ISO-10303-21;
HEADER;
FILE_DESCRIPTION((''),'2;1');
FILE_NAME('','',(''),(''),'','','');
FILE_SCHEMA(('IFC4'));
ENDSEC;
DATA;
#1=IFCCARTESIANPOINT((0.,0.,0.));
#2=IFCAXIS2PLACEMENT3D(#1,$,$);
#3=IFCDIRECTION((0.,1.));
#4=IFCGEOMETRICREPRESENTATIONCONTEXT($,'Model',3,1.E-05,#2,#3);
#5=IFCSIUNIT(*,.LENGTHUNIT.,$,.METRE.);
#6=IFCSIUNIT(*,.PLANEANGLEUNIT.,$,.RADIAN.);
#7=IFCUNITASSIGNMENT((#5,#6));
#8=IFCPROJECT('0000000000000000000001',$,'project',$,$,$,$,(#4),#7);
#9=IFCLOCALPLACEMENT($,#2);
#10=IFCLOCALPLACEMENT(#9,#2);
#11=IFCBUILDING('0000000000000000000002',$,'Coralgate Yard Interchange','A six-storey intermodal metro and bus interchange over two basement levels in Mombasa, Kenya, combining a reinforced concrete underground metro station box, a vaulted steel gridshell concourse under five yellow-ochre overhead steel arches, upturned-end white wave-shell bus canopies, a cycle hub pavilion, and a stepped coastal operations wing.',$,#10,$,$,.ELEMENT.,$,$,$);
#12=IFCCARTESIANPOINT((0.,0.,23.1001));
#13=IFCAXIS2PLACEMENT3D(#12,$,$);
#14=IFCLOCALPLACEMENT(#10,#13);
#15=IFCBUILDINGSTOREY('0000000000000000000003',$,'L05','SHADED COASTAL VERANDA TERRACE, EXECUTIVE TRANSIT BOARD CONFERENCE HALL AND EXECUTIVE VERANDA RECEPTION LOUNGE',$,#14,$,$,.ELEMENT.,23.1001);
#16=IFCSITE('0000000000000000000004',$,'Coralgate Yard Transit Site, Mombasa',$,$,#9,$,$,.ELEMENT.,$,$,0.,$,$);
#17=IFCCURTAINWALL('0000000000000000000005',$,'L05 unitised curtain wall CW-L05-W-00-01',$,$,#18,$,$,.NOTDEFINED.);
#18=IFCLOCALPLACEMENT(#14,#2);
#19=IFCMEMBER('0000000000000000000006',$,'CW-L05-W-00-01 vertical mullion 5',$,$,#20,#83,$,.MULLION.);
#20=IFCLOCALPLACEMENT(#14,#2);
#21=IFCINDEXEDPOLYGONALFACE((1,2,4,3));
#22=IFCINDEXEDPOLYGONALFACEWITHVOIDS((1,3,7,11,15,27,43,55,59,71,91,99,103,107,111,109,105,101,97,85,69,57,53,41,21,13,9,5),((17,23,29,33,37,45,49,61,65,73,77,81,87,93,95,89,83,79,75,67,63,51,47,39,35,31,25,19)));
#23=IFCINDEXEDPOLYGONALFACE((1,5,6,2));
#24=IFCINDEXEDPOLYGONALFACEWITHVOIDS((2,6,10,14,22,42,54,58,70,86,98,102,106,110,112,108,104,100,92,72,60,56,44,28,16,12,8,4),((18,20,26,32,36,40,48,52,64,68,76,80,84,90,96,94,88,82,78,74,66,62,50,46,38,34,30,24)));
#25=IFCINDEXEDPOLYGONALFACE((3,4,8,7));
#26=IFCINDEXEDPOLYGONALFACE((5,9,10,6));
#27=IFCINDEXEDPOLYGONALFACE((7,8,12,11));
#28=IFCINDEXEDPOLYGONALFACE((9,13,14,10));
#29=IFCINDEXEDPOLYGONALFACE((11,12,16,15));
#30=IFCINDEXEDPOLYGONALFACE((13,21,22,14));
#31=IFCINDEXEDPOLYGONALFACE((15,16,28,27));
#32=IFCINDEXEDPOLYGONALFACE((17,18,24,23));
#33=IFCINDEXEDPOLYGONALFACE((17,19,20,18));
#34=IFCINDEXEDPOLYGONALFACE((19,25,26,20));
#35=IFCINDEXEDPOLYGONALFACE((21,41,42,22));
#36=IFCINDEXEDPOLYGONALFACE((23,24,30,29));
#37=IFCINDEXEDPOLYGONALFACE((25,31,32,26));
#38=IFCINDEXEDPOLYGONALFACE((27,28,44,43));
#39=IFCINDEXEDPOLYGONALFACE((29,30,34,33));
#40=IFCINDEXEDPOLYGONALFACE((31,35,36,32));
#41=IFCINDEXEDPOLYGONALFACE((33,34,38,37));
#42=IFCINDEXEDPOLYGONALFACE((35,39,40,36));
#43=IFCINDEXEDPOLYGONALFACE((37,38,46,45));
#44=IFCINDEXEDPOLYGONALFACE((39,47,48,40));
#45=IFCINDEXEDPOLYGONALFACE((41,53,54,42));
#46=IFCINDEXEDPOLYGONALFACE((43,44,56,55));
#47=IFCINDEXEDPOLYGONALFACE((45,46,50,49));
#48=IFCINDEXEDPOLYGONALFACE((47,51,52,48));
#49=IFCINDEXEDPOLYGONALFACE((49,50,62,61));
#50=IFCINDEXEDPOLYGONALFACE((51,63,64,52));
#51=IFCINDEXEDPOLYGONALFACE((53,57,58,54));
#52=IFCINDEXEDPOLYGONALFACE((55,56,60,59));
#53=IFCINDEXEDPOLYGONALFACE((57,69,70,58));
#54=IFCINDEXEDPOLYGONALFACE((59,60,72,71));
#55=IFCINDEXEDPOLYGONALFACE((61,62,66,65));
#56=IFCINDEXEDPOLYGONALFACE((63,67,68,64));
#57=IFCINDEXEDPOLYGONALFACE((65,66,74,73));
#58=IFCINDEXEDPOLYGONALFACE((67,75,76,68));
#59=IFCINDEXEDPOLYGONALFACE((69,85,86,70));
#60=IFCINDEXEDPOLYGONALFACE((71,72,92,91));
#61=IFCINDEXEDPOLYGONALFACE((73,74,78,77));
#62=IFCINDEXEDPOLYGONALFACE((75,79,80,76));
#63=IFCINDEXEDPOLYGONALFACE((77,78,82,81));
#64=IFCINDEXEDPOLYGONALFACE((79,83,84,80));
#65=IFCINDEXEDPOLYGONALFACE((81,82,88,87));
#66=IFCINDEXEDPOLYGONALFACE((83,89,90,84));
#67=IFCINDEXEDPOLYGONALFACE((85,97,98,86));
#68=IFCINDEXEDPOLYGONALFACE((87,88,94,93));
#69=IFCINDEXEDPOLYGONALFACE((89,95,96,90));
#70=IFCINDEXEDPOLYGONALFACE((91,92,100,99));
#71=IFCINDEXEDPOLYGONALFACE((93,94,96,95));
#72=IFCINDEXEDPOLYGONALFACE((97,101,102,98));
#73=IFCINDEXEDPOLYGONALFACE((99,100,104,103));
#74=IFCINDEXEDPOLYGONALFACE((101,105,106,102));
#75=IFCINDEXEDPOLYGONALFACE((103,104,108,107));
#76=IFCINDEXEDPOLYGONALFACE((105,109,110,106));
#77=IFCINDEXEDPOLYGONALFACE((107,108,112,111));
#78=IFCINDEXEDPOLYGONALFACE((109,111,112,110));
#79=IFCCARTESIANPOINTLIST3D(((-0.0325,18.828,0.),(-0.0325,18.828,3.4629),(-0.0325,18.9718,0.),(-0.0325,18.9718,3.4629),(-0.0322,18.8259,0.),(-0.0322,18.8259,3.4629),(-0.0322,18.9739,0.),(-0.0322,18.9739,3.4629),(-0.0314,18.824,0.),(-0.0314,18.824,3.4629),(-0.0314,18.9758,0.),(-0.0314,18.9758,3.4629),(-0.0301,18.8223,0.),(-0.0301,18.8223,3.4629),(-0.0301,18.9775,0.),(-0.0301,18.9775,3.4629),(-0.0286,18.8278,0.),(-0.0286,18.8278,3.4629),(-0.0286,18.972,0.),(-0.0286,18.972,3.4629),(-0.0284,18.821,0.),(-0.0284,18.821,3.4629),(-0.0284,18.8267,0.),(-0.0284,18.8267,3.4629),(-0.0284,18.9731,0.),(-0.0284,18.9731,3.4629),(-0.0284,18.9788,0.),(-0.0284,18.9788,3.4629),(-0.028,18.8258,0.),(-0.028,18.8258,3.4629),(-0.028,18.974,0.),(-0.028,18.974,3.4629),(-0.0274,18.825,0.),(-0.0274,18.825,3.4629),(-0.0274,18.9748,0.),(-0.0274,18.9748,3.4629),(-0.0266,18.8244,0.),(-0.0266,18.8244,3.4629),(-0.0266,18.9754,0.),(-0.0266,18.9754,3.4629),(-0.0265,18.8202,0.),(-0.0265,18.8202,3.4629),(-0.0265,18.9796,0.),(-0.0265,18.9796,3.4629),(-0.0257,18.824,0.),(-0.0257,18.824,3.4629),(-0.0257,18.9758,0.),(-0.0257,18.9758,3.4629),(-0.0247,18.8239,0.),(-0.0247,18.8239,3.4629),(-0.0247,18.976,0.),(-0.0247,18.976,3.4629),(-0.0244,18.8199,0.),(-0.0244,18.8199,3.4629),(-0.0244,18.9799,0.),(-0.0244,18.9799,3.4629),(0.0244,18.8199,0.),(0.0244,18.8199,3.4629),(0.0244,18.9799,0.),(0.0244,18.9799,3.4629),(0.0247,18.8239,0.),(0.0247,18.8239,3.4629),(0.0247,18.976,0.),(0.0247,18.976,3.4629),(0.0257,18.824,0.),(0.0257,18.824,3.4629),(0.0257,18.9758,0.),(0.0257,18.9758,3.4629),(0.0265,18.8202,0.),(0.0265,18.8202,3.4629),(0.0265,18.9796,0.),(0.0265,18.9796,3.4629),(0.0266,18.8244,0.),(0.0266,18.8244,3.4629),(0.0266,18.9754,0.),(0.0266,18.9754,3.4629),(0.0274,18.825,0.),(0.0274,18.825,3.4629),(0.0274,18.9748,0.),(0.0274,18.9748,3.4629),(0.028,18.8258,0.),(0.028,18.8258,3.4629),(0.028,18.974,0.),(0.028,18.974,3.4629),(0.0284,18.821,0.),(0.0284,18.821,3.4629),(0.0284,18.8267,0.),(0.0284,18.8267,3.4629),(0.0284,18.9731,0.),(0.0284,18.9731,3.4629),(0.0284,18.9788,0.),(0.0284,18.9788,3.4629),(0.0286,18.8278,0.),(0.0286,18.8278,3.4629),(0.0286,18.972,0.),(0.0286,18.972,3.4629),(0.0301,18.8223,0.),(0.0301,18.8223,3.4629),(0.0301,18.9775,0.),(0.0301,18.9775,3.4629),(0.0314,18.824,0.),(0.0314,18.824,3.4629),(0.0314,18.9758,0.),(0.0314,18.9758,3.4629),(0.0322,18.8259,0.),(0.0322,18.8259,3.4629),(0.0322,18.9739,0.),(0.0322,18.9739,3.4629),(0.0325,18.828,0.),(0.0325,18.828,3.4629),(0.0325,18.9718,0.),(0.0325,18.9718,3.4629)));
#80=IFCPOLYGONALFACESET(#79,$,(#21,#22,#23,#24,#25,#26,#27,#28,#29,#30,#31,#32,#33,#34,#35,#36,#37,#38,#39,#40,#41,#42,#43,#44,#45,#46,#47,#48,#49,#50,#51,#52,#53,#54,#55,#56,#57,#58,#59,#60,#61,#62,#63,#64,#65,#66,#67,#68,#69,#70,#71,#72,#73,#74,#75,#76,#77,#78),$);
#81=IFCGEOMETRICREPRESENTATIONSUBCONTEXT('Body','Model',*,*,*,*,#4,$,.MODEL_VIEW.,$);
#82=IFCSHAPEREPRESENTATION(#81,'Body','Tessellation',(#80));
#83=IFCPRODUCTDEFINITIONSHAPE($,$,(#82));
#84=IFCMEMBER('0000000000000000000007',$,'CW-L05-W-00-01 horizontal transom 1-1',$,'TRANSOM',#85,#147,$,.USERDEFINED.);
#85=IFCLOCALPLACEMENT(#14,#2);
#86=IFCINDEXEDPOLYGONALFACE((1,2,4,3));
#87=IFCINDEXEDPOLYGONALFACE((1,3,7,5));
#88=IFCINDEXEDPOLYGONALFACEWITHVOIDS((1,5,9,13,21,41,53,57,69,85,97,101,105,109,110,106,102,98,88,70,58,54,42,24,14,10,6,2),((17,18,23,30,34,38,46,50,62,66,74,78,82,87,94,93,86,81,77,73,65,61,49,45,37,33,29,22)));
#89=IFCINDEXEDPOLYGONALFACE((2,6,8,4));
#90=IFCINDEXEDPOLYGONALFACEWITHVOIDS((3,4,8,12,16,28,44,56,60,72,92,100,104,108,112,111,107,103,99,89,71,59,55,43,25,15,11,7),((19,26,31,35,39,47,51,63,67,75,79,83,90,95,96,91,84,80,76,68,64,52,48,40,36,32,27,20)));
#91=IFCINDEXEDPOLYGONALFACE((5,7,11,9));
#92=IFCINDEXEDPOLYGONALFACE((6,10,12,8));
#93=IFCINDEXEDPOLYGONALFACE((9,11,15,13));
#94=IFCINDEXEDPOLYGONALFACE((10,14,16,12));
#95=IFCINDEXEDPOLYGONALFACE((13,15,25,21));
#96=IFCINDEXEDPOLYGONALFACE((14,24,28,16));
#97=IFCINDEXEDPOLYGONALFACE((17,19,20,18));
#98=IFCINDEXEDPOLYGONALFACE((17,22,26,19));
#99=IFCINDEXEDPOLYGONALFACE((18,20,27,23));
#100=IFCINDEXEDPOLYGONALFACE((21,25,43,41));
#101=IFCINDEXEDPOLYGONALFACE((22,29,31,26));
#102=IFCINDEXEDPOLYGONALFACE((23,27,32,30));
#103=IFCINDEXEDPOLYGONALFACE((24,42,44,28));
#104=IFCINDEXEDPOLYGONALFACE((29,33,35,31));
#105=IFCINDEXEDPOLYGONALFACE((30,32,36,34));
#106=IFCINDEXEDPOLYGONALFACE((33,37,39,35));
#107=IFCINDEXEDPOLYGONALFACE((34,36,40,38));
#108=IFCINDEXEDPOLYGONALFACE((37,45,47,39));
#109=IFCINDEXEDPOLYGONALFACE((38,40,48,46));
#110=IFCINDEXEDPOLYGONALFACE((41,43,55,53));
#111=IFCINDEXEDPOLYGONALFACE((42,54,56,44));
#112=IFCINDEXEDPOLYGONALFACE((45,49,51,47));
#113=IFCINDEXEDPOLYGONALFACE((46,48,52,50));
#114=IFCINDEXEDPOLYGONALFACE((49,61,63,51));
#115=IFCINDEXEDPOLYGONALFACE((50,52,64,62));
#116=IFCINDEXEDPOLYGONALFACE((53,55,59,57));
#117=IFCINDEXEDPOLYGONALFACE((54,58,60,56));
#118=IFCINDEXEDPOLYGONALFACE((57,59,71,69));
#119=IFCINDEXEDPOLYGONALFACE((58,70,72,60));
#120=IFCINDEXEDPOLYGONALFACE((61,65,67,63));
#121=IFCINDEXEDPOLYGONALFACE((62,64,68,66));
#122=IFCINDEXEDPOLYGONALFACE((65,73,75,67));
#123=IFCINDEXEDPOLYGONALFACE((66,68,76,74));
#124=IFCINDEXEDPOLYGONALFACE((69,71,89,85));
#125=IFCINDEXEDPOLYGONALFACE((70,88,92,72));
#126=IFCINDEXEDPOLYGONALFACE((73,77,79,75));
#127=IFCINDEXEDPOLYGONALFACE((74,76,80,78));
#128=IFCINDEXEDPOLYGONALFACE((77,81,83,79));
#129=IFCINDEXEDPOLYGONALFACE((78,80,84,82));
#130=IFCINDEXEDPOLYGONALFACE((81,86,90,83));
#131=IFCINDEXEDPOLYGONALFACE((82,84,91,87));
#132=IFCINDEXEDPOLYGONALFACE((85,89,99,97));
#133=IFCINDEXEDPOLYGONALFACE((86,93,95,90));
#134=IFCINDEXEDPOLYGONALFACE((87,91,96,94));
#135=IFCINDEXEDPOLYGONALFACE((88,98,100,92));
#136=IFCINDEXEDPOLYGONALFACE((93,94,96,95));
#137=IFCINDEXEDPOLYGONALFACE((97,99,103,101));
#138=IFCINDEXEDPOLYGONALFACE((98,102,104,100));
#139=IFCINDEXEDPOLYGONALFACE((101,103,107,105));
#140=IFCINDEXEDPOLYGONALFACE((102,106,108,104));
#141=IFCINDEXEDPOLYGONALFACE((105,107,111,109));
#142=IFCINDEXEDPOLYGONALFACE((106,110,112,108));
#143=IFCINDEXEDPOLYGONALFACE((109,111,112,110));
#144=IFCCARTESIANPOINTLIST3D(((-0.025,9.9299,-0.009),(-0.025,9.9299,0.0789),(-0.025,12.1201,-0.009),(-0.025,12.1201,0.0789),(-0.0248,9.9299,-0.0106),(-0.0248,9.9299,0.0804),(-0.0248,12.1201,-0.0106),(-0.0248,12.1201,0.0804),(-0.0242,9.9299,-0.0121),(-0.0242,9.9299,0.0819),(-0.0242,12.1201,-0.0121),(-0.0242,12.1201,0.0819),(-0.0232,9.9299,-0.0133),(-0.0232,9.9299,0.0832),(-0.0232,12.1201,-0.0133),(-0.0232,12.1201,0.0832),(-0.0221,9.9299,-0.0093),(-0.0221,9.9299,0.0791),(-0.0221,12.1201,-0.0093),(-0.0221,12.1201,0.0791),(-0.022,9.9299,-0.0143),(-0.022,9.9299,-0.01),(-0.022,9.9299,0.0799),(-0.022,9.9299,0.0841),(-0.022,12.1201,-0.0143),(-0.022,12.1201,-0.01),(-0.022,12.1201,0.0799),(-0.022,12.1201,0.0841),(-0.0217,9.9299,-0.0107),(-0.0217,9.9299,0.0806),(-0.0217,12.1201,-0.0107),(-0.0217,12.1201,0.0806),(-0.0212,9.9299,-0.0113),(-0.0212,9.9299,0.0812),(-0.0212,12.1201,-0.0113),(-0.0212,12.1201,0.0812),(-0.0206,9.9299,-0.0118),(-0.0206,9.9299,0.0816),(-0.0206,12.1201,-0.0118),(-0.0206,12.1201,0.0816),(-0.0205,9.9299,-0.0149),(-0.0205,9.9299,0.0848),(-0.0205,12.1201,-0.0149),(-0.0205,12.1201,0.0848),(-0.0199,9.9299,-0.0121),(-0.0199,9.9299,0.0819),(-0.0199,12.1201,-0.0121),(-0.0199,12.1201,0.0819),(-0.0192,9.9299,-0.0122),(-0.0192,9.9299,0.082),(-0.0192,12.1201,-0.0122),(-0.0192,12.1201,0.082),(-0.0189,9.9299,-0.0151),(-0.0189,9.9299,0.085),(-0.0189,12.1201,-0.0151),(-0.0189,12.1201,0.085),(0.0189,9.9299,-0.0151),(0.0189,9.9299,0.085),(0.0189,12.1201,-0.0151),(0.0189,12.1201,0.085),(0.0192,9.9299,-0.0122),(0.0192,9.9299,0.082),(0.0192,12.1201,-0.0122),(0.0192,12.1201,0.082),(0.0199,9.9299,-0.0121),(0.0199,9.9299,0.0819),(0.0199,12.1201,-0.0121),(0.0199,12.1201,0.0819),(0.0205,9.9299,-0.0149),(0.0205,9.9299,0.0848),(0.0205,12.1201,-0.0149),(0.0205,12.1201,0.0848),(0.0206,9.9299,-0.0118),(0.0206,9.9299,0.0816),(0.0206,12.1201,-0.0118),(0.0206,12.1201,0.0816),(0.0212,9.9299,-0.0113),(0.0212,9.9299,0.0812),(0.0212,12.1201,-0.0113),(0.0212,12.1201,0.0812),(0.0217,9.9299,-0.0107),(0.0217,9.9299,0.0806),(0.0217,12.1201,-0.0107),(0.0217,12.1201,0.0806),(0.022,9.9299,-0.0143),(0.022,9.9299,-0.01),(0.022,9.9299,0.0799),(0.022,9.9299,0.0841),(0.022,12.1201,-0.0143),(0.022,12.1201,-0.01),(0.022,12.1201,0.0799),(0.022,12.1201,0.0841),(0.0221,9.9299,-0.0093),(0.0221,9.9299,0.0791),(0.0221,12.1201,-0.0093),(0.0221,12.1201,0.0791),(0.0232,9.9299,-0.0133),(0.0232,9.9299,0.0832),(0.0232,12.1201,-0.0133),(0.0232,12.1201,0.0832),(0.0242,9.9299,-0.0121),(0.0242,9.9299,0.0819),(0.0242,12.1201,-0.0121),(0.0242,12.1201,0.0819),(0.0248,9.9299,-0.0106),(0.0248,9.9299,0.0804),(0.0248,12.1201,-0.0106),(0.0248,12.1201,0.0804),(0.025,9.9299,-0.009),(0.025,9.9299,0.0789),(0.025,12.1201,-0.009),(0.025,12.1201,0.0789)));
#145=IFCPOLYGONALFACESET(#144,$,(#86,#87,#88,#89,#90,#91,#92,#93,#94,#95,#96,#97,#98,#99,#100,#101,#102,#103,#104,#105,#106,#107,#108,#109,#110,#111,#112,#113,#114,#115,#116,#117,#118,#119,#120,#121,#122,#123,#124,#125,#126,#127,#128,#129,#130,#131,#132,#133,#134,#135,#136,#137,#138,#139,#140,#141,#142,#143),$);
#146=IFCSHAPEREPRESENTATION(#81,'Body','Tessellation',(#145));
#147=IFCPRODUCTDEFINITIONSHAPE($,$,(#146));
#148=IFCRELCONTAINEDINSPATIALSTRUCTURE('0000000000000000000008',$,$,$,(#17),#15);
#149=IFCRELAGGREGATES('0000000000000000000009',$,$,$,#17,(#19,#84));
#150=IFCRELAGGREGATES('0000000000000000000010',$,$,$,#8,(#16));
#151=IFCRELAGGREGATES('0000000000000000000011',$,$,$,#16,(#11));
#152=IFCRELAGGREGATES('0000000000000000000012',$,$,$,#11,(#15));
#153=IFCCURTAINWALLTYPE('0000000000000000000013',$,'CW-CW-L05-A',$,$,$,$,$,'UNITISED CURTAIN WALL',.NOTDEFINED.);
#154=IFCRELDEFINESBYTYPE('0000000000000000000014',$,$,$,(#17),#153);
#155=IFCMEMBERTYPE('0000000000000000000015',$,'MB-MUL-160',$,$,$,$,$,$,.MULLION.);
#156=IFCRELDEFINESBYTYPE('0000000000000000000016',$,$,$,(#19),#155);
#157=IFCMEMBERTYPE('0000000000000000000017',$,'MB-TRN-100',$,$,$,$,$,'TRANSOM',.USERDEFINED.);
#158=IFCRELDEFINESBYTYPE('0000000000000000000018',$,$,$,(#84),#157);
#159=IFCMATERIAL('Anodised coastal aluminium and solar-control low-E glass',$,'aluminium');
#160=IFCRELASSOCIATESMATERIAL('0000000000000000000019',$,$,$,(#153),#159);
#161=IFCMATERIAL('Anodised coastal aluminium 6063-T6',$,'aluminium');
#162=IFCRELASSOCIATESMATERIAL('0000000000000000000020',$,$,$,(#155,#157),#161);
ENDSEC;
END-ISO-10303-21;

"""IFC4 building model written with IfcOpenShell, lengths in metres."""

from ifc_helpers import new_model, si_unit, direction, frame, origin, origin_2d, place, context, subcontext, project, spatial, hollow_rectangle, extrude, material, material_profile, profile_set, type_object, element, aggregate, save


model = new_model("IFC4")

# Units and contexts
model_context = context("Model", 3, precision=1e-05, world=origin(), true_north=direction((0.0, 1.0)))
body_context = subcontext(model_context, "Body", "Model", "MODEL_VIEW")
ifc_project = project(units=[si_unit("LENGTHUNIT", "METRE"), si_unit("PLANEANGLEUNIT", "RADIAN")], contexts=[model_context])

# Site, building, storey
site_placement = place(None, origin())
site = spatial("IfcSite", under=ifc_project, at=site_placement, Name="Coralgate Yard Transit Site, Mombasa", CompositionType="ELEMENT", RefElevation=0.0)
building_placement = place(site_placement, origin())
building = spatial("IfcBuilding", under=site, at=building_placement, Name="Coralgate Yard Interchange", Description="A six-storey intermodal metro and bus interchange over two basement levels in Mombasa, Kenya, combining a reinforced concrete underground metro station box, a vaulted steel gridshell concourse under five yellow-ochre overhead steel arches, upturned-end white wave-shell bus canopies, a cycle hub pavilion, and a stepped coastal operations wing.", CompositionType="ELEMENT")
storey_placement = place(building_placement, frame((0.0, 0.0, 23.1001)))
storey = spatial("IfcBuildingStorey", under=building, at=storey_placement, Name="L05", Description="SHADED COASTAL VERANDA TERRACE, EXECUTIVE TRANSIT BOARD CONFERENCE HALL AND EXECUTIVE VERANDA RECEPTION LOUNGE", CompositionType="ELEMENT", Elevation=23.1001)

# Curtain wall, members
ifc_material_1 = material(Name="Anodised coastal aluminium and solar-control low-E glass", Category="aluminium")
curtain_wall_type = type_object("IfcCurtainWallType", Name="CW-CW-L05-A", ElementType="UNITISED CURTAIN WALL", PredefinedType="NOTDEFINED", material=ifc_material_1)
curtain_wall_placement = place(storey_placement, origin())
curtain_wall = element("IfcCurtainWall", 1, at=curtain_wall_placement, inside=storey, type_object=curtain_wall_type, Name="L05 unitised curtain wall CW-L05-W-00-01", PredefinedType="NOTDEFINED")
ifc_material_2 = material(Name="Anodised coastal aluminium 6063-T6", Category="aluminium")
ifc_material_profile_1 = material_profile(ifc_material_2, hollow_rectangle(XDim=0.0649, YDim=0.1599, WallThickness=0.0039, InnerFilletRadius=0.0039, OuterFilletRadius=0.0081, at=origin_2d()), Name="ALU 65x160x4")
ifc_profile_set_1 = profile_set([ifc_material_profile_1], Name="Anodised coastal aluminium 6063-T6")
member_type_1 = type_object("IfcMemberType", Name="MB-MUL-160", PredefinedType="MULLION", material=ifc_profile_set_1)
member_1_placement = place(storey_placement, frame((0.0, 18.8999, 0.0), z_axis=(0.0, 0.0, 1.0), x_axis=(1.0, 0.0, 0.0)))
member_1 = element("IfcMember", 2, at=member_1_placement, type_object=member_type_1, Name="CW-L05-W-00-01 vertical mullion 5", PredefinedType="MULLION", context=body_context, shape_type="SweptSolid", body=[
    extrude(hollow_rectangle(XDim=0.0649, YDim=0.1599, WallThickness=0.0039, InnerFilletRadius=0.0039, OuterFilletRadius=0.0081, at=origin_2d()), origin(), (0.0, 0.0, 1.0), 3.4629),
])
ifc_material_profile_2 = material_profile(ifc_material_2, hollow_rectangle(XDim=0.05, YDim=0.1001, WallThickness=0.0029, InnerFilletRadius=0.0029, OuterFilletRadius=0.0061, at=origin_2d()), Name="ALU 50x100x3")
ifc_profile_set_2 = profile_set([ifc_material_profile_2], Name="Anodised coastal aluminium 6063-T6")
member_type_2 = type_object("IfcMemberType", Name="MB-TRN-100", ElementType="TRANSOM", PredefinedType="USERDEFINED", material=ifc_profile_set_2)
member_2_placement = place(storey_placement, frame((0.0, 9.9299, 0.0349), z_axis=(0.0, 1.0, 0.0), x_axis=(-1.0, 0.0, 0.0)))
member_2 = element("IfcMember", 3, at=member_2_placement, type_object=member_type_2, Name="CW-L05-W-00-01 horizontal transom 1-1", ObjectType="TRANSOM", PredefinedType="USERDEFINED", context=body_context, shape_type="SweptSolid", body=[
    extrude(hollow_rectangle(XDim=0.05, YDim=0.1001, WallThickness=0.0029, InnerFilletRadius=0.0029, OuterFilletRadius=0.0061, at=origin_2d()), origin(), (0.0, 0.0, 1.0), 2.1902),
])
aggregate(curtain_wall, [member_1, member_2])

save(model, "model.ifc")
